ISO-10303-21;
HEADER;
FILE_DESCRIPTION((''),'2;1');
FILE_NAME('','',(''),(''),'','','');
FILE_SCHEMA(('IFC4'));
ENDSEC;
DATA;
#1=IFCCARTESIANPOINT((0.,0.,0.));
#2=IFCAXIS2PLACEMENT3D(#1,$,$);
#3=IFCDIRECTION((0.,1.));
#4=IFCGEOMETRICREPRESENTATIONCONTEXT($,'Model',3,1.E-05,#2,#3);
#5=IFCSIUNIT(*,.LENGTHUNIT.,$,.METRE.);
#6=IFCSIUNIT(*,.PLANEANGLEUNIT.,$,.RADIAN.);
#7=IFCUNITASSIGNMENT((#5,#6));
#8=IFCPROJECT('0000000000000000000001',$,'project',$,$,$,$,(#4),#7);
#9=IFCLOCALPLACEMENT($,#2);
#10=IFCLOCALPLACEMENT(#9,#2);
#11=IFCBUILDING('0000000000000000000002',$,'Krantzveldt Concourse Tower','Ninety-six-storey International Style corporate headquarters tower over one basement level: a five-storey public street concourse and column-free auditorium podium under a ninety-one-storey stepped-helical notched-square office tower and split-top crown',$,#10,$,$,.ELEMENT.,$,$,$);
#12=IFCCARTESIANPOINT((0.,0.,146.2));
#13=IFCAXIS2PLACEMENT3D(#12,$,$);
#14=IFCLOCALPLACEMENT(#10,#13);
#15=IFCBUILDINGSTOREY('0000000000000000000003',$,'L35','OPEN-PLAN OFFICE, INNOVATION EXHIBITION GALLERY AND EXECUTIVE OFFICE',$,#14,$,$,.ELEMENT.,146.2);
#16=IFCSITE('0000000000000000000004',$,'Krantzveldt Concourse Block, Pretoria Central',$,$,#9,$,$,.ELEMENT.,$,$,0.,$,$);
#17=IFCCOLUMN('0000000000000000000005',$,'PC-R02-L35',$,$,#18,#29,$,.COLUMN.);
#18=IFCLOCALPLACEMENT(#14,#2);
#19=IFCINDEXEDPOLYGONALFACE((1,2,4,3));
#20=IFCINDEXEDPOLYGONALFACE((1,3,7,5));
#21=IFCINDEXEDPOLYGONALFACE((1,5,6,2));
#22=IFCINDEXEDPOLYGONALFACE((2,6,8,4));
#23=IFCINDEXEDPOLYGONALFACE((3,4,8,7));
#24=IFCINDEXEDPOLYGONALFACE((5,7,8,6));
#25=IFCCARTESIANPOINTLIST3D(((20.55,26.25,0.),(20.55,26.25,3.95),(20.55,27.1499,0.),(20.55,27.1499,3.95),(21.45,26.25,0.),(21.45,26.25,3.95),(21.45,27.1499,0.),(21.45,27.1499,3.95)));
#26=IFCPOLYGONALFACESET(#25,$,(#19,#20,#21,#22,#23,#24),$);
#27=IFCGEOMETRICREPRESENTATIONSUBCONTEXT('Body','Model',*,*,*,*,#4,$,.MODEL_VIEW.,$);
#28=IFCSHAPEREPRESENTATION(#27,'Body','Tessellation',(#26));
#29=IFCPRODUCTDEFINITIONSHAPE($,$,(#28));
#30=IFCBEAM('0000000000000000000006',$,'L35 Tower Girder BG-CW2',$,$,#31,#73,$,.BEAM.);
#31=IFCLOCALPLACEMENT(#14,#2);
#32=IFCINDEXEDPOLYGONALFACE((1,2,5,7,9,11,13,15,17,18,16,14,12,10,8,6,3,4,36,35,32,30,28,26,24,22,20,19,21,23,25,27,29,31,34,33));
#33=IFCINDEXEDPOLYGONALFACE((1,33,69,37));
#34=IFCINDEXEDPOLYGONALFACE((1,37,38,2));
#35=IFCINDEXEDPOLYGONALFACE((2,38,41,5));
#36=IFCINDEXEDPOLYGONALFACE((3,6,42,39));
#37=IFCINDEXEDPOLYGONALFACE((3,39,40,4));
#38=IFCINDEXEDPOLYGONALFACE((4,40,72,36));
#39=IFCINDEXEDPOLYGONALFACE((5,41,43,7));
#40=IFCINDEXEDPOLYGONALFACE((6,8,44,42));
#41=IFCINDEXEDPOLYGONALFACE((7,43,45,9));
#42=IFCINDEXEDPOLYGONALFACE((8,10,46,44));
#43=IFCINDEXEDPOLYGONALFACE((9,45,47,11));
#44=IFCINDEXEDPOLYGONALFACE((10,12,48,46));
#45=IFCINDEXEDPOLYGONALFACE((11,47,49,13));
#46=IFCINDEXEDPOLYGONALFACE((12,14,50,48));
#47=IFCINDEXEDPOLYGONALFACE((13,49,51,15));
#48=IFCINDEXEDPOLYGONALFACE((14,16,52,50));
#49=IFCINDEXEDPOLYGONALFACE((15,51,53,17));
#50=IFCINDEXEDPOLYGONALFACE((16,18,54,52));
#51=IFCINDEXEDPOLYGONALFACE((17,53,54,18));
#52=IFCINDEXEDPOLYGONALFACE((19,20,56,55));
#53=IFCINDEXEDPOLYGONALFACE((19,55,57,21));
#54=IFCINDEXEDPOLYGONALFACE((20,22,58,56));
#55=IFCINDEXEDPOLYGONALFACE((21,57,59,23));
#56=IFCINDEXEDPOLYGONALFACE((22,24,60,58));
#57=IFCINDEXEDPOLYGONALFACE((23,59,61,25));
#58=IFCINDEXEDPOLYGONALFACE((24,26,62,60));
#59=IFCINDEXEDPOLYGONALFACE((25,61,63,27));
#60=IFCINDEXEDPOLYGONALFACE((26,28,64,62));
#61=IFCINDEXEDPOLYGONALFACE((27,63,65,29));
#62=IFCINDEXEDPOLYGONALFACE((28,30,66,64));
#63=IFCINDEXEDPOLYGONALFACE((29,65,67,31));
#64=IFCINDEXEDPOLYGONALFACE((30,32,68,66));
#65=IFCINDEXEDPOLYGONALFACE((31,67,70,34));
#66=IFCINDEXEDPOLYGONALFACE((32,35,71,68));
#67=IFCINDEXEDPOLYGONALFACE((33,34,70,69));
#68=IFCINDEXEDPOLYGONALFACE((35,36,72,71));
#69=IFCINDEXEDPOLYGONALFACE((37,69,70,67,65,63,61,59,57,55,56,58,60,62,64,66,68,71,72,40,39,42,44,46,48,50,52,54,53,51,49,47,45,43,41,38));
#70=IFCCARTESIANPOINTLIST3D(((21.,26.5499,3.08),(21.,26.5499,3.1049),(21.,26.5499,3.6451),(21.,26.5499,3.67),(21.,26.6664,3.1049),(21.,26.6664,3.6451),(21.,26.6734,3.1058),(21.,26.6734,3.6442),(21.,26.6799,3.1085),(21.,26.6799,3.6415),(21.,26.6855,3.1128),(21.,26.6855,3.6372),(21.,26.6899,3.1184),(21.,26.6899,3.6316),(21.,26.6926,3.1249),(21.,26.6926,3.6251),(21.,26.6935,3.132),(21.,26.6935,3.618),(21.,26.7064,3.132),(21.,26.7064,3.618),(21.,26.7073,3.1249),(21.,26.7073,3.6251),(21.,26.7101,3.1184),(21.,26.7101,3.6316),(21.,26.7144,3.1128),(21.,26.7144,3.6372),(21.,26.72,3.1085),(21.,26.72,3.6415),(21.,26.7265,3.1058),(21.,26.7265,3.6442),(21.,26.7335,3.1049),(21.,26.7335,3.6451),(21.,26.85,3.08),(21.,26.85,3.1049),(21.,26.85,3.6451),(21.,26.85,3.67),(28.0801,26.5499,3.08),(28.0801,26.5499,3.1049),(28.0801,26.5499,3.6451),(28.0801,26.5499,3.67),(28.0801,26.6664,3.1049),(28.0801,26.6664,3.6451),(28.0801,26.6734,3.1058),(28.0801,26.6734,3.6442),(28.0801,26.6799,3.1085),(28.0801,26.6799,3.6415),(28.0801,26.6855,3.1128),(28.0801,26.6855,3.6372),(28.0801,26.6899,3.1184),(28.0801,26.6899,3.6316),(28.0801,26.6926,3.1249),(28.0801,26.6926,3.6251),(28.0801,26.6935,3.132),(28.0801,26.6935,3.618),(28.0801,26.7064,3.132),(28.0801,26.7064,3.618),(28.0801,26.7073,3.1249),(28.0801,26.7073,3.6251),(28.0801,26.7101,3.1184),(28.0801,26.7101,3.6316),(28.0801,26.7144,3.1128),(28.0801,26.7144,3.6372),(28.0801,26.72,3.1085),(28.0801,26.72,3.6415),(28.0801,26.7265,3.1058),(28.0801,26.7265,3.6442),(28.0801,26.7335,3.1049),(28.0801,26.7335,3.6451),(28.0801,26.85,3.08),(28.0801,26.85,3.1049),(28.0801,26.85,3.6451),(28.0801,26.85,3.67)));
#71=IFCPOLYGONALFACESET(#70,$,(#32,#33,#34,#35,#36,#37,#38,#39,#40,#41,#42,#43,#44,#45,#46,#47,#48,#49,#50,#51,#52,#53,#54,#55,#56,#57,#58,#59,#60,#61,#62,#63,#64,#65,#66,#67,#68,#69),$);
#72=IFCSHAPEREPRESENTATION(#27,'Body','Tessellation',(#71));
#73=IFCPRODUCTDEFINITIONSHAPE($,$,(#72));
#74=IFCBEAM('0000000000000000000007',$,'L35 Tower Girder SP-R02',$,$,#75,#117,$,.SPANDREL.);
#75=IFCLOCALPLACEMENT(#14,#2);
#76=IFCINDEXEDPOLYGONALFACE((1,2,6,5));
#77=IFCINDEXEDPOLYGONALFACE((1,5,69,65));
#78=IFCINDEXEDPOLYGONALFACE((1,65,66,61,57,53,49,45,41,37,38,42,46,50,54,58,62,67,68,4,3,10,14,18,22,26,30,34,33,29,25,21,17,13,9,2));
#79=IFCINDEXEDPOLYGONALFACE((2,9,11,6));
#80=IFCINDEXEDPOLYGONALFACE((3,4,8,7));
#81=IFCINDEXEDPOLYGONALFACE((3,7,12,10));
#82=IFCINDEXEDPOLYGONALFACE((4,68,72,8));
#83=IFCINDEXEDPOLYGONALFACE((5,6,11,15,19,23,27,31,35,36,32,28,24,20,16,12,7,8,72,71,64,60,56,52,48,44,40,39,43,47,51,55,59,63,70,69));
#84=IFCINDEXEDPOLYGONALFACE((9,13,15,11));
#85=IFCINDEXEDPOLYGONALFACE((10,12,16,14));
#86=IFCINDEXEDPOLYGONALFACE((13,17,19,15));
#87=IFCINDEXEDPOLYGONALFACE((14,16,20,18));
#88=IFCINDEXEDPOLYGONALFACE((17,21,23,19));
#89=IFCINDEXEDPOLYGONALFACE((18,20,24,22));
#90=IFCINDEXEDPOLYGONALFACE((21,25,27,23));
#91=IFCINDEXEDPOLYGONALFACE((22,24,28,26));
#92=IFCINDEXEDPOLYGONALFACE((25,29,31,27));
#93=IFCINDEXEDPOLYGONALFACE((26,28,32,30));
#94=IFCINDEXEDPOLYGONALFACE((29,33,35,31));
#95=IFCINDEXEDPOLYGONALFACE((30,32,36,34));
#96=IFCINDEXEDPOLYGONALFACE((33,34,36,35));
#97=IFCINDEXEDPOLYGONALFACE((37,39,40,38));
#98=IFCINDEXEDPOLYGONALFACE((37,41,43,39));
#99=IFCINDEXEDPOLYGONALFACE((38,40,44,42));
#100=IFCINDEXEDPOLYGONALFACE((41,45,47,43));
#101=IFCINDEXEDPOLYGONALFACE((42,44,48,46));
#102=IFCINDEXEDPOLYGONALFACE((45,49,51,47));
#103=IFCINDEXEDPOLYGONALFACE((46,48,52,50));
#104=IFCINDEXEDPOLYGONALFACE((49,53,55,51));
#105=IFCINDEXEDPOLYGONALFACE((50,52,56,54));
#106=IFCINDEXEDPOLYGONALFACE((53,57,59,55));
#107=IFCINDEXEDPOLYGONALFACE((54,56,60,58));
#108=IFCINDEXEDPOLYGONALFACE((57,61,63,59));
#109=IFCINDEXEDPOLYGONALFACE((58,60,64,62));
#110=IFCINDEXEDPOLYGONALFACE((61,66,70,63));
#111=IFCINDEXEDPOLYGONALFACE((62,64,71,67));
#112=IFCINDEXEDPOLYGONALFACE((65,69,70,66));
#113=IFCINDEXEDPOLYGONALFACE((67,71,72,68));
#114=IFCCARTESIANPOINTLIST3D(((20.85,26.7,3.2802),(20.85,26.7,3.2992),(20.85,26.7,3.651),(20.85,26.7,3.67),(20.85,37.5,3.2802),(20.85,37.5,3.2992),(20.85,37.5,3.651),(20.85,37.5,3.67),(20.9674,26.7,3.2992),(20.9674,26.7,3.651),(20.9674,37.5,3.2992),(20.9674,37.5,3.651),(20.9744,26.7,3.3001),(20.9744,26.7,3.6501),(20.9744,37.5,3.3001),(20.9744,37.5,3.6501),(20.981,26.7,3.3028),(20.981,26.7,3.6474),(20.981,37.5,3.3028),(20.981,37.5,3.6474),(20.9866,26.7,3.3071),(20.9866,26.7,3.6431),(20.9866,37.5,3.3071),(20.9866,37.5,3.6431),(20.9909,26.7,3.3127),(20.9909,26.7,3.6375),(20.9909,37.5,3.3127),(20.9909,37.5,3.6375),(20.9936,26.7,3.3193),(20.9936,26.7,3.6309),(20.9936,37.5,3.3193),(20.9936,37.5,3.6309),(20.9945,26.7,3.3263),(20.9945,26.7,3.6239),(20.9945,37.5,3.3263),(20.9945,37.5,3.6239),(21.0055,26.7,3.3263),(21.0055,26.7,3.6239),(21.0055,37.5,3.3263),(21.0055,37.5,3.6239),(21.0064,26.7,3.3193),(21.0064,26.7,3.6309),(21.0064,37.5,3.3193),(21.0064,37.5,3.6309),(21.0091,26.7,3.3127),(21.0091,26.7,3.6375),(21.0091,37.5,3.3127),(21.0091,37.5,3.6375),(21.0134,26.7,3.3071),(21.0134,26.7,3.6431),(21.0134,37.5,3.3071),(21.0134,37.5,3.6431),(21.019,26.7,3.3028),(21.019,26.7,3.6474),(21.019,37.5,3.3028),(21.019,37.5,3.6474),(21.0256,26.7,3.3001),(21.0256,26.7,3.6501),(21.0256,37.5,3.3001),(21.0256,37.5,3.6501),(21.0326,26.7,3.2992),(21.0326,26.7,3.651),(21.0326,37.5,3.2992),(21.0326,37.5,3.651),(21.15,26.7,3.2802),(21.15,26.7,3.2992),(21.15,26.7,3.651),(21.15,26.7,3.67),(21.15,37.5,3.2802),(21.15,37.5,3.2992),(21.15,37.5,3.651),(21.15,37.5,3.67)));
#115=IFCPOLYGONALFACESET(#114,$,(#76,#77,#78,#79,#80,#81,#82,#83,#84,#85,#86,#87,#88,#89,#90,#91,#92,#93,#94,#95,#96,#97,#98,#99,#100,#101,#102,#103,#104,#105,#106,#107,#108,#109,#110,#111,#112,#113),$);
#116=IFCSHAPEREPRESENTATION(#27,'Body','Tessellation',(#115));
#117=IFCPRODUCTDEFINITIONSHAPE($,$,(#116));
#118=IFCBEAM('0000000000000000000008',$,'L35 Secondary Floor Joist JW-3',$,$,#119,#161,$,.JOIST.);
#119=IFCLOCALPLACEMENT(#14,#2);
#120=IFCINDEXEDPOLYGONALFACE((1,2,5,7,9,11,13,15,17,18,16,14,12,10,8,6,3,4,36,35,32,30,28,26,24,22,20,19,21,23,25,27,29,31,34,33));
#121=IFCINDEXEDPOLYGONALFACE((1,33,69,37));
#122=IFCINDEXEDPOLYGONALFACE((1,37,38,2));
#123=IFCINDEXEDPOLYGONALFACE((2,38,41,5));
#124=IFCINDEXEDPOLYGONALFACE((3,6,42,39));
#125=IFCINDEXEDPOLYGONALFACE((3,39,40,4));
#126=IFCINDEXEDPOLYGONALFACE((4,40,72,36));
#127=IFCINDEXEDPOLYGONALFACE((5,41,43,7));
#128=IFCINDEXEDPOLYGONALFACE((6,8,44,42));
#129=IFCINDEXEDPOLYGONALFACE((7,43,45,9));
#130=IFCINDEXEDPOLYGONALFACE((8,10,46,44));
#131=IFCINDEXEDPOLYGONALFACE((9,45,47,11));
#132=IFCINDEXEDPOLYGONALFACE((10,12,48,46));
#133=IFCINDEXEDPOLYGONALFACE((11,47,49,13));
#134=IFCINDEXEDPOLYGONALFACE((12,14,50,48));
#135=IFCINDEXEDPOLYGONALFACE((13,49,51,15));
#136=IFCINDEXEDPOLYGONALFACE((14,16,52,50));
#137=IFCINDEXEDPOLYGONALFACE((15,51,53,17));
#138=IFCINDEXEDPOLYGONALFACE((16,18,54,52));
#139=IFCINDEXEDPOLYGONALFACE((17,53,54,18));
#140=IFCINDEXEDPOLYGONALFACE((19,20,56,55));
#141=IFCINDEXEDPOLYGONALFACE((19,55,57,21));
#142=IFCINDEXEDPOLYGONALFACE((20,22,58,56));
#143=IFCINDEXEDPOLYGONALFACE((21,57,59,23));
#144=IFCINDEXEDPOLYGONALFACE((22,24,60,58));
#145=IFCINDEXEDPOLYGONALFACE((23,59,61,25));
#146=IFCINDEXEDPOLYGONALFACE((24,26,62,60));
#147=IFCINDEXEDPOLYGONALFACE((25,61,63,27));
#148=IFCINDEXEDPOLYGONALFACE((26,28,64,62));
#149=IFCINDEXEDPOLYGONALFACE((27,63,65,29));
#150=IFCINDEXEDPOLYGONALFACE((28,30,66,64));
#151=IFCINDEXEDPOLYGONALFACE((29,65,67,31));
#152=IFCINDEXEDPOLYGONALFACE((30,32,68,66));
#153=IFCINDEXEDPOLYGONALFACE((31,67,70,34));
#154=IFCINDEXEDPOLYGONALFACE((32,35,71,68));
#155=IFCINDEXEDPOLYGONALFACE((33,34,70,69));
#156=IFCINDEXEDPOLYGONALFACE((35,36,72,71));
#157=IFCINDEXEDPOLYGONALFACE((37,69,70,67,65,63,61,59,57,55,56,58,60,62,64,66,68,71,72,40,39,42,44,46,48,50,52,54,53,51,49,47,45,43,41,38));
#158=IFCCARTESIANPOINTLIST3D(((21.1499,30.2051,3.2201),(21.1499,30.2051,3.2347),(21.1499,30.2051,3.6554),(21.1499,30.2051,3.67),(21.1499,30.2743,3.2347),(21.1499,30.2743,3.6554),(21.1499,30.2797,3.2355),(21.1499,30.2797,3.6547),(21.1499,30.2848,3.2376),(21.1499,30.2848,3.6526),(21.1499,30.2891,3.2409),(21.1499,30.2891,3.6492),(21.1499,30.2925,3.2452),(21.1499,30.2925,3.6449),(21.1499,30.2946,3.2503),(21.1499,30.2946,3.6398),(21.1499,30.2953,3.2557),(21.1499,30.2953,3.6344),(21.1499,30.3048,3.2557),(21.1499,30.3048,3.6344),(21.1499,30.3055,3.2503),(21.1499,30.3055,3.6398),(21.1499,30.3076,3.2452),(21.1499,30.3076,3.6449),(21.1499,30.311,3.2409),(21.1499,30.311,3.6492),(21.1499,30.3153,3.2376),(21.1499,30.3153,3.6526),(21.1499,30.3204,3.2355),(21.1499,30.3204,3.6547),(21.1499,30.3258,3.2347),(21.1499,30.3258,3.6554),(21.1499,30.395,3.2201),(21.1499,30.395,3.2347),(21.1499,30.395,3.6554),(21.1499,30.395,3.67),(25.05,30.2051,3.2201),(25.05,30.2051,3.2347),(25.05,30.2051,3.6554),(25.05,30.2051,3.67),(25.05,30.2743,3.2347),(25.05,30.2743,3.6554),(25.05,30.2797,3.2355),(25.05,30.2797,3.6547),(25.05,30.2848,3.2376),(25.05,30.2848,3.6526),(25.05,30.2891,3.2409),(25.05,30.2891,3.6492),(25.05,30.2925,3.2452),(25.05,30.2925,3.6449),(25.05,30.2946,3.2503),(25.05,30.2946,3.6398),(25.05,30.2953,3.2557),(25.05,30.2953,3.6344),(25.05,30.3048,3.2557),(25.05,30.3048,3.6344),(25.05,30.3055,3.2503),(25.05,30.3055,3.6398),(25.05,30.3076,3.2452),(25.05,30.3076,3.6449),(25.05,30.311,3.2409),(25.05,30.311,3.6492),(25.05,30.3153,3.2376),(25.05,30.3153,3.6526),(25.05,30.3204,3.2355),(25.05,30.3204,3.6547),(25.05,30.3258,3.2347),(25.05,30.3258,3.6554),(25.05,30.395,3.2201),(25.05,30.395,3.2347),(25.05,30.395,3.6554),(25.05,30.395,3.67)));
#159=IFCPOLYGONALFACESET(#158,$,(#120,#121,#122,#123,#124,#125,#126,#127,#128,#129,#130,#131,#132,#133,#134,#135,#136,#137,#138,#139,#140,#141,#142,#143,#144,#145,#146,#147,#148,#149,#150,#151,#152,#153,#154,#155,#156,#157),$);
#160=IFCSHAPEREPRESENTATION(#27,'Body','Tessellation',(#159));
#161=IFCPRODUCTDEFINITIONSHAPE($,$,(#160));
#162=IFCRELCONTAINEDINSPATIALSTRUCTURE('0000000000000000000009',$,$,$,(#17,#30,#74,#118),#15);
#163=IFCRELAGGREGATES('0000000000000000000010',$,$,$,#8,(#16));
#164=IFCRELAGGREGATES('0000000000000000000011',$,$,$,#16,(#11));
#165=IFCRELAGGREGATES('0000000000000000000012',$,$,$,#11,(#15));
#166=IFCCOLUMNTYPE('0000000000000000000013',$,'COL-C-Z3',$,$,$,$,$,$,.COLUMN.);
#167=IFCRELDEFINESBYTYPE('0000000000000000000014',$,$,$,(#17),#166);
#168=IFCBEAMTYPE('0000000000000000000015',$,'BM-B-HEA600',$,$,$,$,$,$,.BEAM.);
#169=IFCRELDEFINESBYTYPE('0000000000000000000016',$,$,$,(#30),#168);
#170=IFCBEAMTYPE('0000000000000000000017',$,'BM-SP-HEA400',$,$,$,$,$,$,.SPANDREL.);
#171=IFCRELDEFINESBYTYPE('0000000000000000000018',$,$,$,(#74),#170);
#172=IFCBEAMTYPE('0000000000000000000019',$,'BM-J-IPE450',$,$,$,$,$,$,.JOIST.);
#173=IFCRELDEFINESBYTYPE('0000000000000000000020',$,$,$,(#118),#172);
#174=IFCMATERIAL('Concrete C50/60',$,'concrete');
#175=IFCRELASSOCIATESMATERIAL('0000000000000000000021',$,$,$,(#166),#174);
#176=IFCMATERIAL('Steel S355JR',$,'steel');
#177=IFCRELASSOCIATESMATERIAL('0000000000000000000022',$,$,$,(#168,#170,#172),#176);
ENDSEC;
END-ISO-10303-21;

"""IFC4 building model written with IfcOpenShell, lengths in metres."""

from ifc_helpers import new_model, si_unit, direction, frame, origin, origin_2d, place, context, subcontext, project, spatial, rectangle, i_section, extrude, source, transform, mapped, material, material_profile, profile_set, type_object, type_shapes, element, save


model = new_model("IFC4")

# Units and contexts
model_context = context("Model", 3, precision=1e-05, world=origin(), true_north=direction((0.0, 1.0)))
body_context = subcontext(model_context, "Body", "Model", "MODEL_VIEW")
ifc_project = project(units=[si_unit("LENGTHUNIT", "METRE"), si_unit("PLANEANGLEUNIT", "RADIAN")], contexts=[model_context])

# Site, building, storey
site_placement = place(None, origin())
site = spatial("IfcSite", under=ifc_project, at=site_placement, Name="Krantzveldt Concourse Block, Pretoria Central", CompositionType="ELEMENT", RefElevation=0.0)
building_placement = place(site_placement, origin())
building = spatial("IfcBuilding", under=site, at=building_placement, Name="Krantzveldt Concourse Tower", Description="Ninety-six-storey International Style corporate headquarters tower over one basement level: a five-storey public street concourse and column-free auditorium podium under a ninety-one-storey stepped-helical notched-square office tower and split-top crown", CompositionType="ELEMENT")
storey_placement = place(building_placement, frame((0.0, 0.0, 146.2)))
storey = spatial("IfcBuildingStorey", under=building, at=storey_placement, Name="L35", Description="OPEN-PLAN OFFICE, INNOVATION EXHIBITION GALLERY AND EXECUTIVE OFFICE", CompositionType="ELEMENT", Elevation=146.2)

# Column
ifc_material_1 = material(Name="Concrete C50/60", Category="concrete")
ifc_material_profile_1 = material_profile(ifc_material_1, rectangle(XDim=0.8999, YDim=0.8999, at=origin_2d()), Name="Concrete C50/60", Category="concrete")
ifc_profile_set_1 = profile_set([ifc_material_profile_1], Name="Concrete C50/60 - RC 900x900")
column_type = type_object("IfcColumnType", Name="COL-C-Z3", PredefinedType="COLUMN", material=ifc_profile_set_1)
shared_shape_1 = source(origin(), body_context, "Body", "SweptSolid", [
    extrude(rectangle(XDim=0.8999, YDim=0.8999, at=origin_2d()), origin(), (0.0, 0.0, 1.0), 3.95),
])
type_shapes(column_type, [shared_shape_1])
column_placement = place(storey_placement, frame((21.0, 26.7, 0.0), z_axis=(0.0, 0.0, 1.0), x_axis=(1.0, 0.0, 0.0)))
element("IfcColumn", 1, at=column_placement, inside=storey, type_object=column_type, Name="PC-R02-L35", PredefinedType="COLUMN", context=body_context, shape_type="MappedRepresentation", body=[
    mapped(shared_shape_1, transform((0.0, 0.0, 0.0), x_axis=(1.0, 0.0, 0.0), y_axis=(0.0, 1.0, 0.0), z_axis=(0.0, 0.0, 1.0), scale=1.0)),
])

# Beams
ifc_material_2 = material(Name="Steel S355JR", Category="steel")
ifc_material_profile_2 = material_profile(ifc_material_2, i_section(OverallWidth=0.3, OverallDepth=0.5901, WebThickness=0.0129, FlangeThickness=0.0249, FilletRadius=0.0271, at=origin_2d()), Name="Steel S355JR", Category="steel")
ifc_profile_set_2 = profile_set([ifc_material_profile_2], Name="Steel S355JR - HEA 600")
beam_type_1 = type_object("IfcBeamType", Name="BM-B-HEA600", PredefinedType="BEAM", material=ifc_profile_set_2)
shared_shape_2 = source(origin(), body_context, "Body", "SweptSolid", [
    extrude(i_section(OverallWidth=0.3, OverallDepth=0.5901, WebThickness=0.0129, FlangeThickness=0.0249, FilletRadius=0.0271, at=origin_2d()), origin(), (0.0, 0.0, 1.0), 7.0801),
])
type_shapes(beam_type_1, [shared_shape_2])
beam_1_placement = place(storey_placement, frame((21.0, 26.7, 3.375), z_axis=(1.0, 0.0, 0.0), x_axis=(0.0, 1.0, 0.0)))
element("IfcBeam", 2, at=beam_1_placement, inside=storey, type_object=beam_type_1, Name="L35 Tower Girder BG-CW2", PredefinedType="BEAM", context=body_context, shape_type="MappedRepresentation", body=[
    mapped(shared_shape_2, transform((0.0, 0.0, 0.0), x_axis=(1.0, 0.0, 0.0), y_axis=(0.0, 1.0, 0.0), z_axis=(0.0, 0.0, 1.0), scale=1.0)),
])
ifc_material_profile_3 = material_profile(ifc_material_2, i_section(OverallWidth=0.3, OverallDepth=0.3899, WebThickness=0.011, FlangeThickness=0.019, FilletRadius=0.0271, at=origin_2d()), Name="Steel S355JR", Category="steel")
ifc_profile_set_3 = profile_set([ifc_material_profile_3], Name="Steel S355JR - HEA 400")
beam_type_2 = type_object("IfcBeamType", Name="BM-SP-HEA400", PredefinedType="SPANDREL", material=ifc_profile_set_3)
shared_shape_3 = source(origin(), body_context, "Body", "SweptSolid", [
    extrude(i_section(OverallWidth=0.3, OverallDepth=0.3899, WebThickness=0.011, FlangeThickness=0.019, FilletRadius=0.0271, at=origin_2d()), origin(), (0.0, 0.0, 1.0), 10.8),
])
type_shapes(beam_type_2, [shared_shape_3])
beam_2_placement = place(storey_placement, frame((21.0, 26.7, 3.4751), z_axis=(0.0, 1.0, 0.0), x_axis=(-1.0, 0.0, 0.0)))
element("IfcBeam", 3, at=beam_2_placement, inside=storey, type_object=beam_type_2, Name="L35 Tower Girder SP-R02", PredefinedType="SPANDREL", context=body_context, shape_type="MappedRepresentation", body=[
    mapped(shared_shape_3, transform((0.0, 0.0, 0.0), x_axis=(1.0, 0.0, 0.0), y_axis=(0.0, 1.0, 0.0), z_axis=(0.0, 0.0, 1.0), scale=1.0)),
])
ifc_material_profile_4 = material_profile(ifc_material_2, i_section(OverallWidth=0.1899, OverallDepth=0.45, WebThickness=0.0095, FlangeThickness=0.0146, FilletRadius=0.021, at=origin_2d()), Name="Steel S355JR", Category="steel")
ifc_profile_set_4 = profile_set([ifc_material_profile_4], Name="Steel S355JR - IPE 450")
beam_type_3 = type_object("IfcBeamType", Name="BM-J-IPE450", PredefinedType="JOIST", material=ifc_profile_set_4)
shared_shape_4 = source(origin(), body_context, "Body", "SweptSolid", [
    extrude(i_section(OverallWidth=0.1899, OverallDepth=0.45, WebThickness=0.0095, FlangeThickness=0.0146, FilletRadius=0.021, at=origin_2d()), origin(), (0.0, 0.0, 1.0), 3.9001),
])
type_shapes(beam_type_3, [shared_shape_4])
for number, where, z_axis, x_axis, name in (
    (4, (21.1499, 30.3, 3.4451), (1.0, 0.0, 0.0), (0.0, 1.0, 0.0), "L35 Secondary Floor Joist JW-3"),
):
    element("IfcBeam", number, at=place(storey_placement, frame(where, z_axis=z_axis, x_axis=x_axis)), inside=storey, type_object=beam_type_3, Name=name, PredefinedType="JOIST", context=body_context, shape_type="MappedRepresentation", body=[
        mapped(shared_shape_4, transform((0.0, 0.0, 0.0), x_axis=(1.0, 0.0, 0.0), y_axis=(0.0, 1.0, 0.0), z_axis=(0.0, 0.0, 1.0), scale=1.0)),
    ])

save(model, "model.ifc")
